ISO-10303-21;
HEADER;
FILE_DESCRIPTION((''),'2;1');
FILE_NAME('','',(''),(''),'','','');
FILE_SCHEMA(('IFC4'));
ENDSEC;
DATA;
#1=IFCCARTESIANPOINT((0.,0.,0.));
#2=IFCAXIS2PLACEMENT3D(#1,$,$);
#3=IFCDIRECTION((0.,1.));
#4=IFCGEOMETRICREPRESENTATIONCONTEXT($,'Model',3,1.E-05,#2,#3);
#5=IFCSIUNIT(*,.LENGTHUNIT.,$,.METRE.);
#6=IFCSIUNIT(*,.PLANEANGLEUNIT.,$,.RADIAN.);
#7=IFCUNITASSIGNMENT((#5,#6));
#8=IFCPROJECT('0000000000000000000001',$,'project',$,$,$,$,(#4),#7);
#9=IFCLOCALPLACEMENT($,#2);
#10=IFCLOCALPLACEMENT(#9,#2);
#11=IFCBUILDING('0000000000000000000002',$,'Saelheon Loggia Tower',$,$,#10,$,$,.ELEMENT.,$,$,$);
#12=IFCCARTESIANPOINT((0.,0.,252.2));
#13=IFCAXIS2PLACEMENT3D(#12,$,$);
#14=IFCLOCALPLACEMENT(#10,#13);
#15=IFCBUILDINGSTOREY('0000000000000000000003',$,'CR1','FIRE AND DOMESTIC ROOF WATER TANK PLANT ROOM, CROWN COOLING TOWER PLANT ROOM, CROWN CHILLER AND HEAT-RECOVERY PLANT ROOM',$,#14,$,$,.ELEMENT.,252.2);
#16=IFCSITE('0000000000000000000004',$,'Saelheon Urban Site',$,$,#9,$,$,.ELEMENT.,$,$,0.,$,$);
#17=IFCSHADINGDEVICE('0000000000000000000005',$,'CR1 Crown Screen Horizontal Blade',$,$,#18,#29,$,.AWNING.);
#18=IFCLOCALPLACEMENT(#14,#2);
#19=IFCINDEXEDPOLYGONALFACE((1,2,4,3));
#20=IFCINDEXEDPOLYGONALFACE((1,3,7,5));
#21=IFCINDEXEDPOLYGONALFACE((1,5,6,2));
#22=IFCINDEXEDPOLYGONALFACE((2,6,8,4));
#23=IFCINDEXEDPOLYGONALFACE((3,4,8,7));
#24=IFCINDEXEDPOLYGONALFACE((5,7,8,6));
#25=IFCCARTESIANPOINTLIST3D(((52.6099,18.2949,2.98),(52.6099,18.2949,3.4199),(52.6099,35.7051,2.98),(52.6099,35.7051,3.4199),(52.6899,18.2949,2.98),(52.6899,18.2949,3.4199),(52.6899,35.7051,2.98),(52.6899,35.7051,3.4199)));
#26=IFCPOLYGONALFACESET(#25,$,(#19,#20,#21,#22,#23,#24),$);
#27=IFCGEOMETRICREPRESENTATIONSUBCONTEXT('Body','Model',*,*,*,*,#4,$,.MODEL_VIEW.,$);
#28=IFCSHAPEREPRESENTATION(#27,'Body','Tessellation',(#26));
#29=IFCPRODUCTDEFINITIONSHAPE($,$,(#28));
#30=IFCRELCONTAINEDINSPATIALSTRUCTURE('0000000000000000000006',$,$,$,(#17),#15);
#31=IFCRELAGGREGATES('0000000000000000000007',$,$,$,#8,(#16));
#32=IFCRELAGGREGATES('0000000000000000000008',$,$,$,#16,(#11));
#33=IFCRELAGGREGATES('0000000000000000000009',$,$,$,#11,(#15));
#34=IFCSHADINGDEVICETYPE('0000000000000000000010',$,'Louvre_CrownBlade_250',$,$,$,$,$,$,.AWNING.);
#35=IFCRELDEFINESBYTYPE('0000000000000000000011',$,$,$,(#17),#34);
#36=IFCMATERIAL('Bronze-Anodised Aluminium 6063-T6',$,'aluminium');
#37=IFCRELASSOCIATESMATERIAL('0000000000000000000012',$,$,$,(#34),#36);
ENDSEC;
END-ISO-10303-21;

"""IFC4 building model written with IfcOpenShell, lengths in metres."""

from ifc_helpers import new_model, si_unit, direction, frame, origin, origin_2d, place, context, subcontext, project, spatial, rectangle, extrude, source, transform, mapped, material, material_profile, profile_set, type_object, element, save


model = new_model("IFC4")

# Units and contexts
model_context = context("Model", 3, precision=1e-05, world=origin(), true_north=direction((0.0, 1.0)))
body_context = subcontext(model_context, "Body", "Model", "MODEL_VIEW")
ifc_project = project(units=[si_unit("LENGTHUNIT", "METRE"), si_unit("PLANEANGLEUNIT", "RADIAN")], contexts=[model_context])

# Site, building, storey
site_placement = place(None, origin())
site = spatial("IfcSite", under=ifc_project, at=site_placement, Name="Saelheon Urban Site", CompositionType="ELEMENT", RefElevation=0.0)
building_placement = place(site_placement, origin())
building = spatial("IfcBuilding", under=site, at=building_placement, Name="Saelheon Loggia Tower", CompositionType="ELEMENT")
storey_placement = place(building_placement, frame((0.0, 0.0, 252.2)))
storey = spatial("IfcBuildingStorey", under=building, at=storey_placement, Name="CR1", Description="FIRE AND DOMESTIC ROOF WATER TANK PLANT ROOM, CROWN COOLING TOWER PLANT ROOM, CROWN CHILLER AND HEAT-RECOVERY PLANT ROOM", CompositionType="ELEMENT", Elevation=252.2)

# Shared definitions
ifc_material_1 = material(Name="Bronze-Anodised Aluminium 6063-T6", Category="aluminium")

# Shading device
ifc_material_profile_1 = material_profile(ifc_material_1, rectangle(XDim=0.0801, YDim=0.4399, at=origin_2d()), Name="Louvre_CrownBlade_250")
ifc_profile_set_1 = profile_set([ifc_material_profile_1], Name="Bronze-Anodised Aluminium 6063-T6")
shading_device_type = type_object("IfcShadingDeviceType", Name="Louvre_CrownBlade_250", PredefinedType="AWNING", material=ifc_profile_set_1)
shared_shape_1 = source(origin(), body_context, "Body", "SweptSolid", [
    extrude(rectangle(XDim=0.0801, YDim=0.4399, at=origin_2d()), origin(), (0.0, 0.0, 1.0), 17.4102),
])
for number, where, z_axis, x_axis, name in (
    (1, (52.6499, 18.2949, 3.2), (0.0, 1.0, 0.0), (-1.0, 0.0, 0.0), "CR1 Crown Screen Horizontal Blade"),
):
    element("IfcShadingDevice", number, at=place(storey_placement, frame(where, z_axis=z_axis, x_axis=x_axis)), inside=storey, type_object=shading_device_type, Name=name, PredefinedType="AWNING", context=body_context, shape_type="MappedRepresentation", body=[
        mapped(shared_shape_1, transform((0.0, 0.0, 0.0), scale=1.0)),
    ])

save(model, "model.ifc")
